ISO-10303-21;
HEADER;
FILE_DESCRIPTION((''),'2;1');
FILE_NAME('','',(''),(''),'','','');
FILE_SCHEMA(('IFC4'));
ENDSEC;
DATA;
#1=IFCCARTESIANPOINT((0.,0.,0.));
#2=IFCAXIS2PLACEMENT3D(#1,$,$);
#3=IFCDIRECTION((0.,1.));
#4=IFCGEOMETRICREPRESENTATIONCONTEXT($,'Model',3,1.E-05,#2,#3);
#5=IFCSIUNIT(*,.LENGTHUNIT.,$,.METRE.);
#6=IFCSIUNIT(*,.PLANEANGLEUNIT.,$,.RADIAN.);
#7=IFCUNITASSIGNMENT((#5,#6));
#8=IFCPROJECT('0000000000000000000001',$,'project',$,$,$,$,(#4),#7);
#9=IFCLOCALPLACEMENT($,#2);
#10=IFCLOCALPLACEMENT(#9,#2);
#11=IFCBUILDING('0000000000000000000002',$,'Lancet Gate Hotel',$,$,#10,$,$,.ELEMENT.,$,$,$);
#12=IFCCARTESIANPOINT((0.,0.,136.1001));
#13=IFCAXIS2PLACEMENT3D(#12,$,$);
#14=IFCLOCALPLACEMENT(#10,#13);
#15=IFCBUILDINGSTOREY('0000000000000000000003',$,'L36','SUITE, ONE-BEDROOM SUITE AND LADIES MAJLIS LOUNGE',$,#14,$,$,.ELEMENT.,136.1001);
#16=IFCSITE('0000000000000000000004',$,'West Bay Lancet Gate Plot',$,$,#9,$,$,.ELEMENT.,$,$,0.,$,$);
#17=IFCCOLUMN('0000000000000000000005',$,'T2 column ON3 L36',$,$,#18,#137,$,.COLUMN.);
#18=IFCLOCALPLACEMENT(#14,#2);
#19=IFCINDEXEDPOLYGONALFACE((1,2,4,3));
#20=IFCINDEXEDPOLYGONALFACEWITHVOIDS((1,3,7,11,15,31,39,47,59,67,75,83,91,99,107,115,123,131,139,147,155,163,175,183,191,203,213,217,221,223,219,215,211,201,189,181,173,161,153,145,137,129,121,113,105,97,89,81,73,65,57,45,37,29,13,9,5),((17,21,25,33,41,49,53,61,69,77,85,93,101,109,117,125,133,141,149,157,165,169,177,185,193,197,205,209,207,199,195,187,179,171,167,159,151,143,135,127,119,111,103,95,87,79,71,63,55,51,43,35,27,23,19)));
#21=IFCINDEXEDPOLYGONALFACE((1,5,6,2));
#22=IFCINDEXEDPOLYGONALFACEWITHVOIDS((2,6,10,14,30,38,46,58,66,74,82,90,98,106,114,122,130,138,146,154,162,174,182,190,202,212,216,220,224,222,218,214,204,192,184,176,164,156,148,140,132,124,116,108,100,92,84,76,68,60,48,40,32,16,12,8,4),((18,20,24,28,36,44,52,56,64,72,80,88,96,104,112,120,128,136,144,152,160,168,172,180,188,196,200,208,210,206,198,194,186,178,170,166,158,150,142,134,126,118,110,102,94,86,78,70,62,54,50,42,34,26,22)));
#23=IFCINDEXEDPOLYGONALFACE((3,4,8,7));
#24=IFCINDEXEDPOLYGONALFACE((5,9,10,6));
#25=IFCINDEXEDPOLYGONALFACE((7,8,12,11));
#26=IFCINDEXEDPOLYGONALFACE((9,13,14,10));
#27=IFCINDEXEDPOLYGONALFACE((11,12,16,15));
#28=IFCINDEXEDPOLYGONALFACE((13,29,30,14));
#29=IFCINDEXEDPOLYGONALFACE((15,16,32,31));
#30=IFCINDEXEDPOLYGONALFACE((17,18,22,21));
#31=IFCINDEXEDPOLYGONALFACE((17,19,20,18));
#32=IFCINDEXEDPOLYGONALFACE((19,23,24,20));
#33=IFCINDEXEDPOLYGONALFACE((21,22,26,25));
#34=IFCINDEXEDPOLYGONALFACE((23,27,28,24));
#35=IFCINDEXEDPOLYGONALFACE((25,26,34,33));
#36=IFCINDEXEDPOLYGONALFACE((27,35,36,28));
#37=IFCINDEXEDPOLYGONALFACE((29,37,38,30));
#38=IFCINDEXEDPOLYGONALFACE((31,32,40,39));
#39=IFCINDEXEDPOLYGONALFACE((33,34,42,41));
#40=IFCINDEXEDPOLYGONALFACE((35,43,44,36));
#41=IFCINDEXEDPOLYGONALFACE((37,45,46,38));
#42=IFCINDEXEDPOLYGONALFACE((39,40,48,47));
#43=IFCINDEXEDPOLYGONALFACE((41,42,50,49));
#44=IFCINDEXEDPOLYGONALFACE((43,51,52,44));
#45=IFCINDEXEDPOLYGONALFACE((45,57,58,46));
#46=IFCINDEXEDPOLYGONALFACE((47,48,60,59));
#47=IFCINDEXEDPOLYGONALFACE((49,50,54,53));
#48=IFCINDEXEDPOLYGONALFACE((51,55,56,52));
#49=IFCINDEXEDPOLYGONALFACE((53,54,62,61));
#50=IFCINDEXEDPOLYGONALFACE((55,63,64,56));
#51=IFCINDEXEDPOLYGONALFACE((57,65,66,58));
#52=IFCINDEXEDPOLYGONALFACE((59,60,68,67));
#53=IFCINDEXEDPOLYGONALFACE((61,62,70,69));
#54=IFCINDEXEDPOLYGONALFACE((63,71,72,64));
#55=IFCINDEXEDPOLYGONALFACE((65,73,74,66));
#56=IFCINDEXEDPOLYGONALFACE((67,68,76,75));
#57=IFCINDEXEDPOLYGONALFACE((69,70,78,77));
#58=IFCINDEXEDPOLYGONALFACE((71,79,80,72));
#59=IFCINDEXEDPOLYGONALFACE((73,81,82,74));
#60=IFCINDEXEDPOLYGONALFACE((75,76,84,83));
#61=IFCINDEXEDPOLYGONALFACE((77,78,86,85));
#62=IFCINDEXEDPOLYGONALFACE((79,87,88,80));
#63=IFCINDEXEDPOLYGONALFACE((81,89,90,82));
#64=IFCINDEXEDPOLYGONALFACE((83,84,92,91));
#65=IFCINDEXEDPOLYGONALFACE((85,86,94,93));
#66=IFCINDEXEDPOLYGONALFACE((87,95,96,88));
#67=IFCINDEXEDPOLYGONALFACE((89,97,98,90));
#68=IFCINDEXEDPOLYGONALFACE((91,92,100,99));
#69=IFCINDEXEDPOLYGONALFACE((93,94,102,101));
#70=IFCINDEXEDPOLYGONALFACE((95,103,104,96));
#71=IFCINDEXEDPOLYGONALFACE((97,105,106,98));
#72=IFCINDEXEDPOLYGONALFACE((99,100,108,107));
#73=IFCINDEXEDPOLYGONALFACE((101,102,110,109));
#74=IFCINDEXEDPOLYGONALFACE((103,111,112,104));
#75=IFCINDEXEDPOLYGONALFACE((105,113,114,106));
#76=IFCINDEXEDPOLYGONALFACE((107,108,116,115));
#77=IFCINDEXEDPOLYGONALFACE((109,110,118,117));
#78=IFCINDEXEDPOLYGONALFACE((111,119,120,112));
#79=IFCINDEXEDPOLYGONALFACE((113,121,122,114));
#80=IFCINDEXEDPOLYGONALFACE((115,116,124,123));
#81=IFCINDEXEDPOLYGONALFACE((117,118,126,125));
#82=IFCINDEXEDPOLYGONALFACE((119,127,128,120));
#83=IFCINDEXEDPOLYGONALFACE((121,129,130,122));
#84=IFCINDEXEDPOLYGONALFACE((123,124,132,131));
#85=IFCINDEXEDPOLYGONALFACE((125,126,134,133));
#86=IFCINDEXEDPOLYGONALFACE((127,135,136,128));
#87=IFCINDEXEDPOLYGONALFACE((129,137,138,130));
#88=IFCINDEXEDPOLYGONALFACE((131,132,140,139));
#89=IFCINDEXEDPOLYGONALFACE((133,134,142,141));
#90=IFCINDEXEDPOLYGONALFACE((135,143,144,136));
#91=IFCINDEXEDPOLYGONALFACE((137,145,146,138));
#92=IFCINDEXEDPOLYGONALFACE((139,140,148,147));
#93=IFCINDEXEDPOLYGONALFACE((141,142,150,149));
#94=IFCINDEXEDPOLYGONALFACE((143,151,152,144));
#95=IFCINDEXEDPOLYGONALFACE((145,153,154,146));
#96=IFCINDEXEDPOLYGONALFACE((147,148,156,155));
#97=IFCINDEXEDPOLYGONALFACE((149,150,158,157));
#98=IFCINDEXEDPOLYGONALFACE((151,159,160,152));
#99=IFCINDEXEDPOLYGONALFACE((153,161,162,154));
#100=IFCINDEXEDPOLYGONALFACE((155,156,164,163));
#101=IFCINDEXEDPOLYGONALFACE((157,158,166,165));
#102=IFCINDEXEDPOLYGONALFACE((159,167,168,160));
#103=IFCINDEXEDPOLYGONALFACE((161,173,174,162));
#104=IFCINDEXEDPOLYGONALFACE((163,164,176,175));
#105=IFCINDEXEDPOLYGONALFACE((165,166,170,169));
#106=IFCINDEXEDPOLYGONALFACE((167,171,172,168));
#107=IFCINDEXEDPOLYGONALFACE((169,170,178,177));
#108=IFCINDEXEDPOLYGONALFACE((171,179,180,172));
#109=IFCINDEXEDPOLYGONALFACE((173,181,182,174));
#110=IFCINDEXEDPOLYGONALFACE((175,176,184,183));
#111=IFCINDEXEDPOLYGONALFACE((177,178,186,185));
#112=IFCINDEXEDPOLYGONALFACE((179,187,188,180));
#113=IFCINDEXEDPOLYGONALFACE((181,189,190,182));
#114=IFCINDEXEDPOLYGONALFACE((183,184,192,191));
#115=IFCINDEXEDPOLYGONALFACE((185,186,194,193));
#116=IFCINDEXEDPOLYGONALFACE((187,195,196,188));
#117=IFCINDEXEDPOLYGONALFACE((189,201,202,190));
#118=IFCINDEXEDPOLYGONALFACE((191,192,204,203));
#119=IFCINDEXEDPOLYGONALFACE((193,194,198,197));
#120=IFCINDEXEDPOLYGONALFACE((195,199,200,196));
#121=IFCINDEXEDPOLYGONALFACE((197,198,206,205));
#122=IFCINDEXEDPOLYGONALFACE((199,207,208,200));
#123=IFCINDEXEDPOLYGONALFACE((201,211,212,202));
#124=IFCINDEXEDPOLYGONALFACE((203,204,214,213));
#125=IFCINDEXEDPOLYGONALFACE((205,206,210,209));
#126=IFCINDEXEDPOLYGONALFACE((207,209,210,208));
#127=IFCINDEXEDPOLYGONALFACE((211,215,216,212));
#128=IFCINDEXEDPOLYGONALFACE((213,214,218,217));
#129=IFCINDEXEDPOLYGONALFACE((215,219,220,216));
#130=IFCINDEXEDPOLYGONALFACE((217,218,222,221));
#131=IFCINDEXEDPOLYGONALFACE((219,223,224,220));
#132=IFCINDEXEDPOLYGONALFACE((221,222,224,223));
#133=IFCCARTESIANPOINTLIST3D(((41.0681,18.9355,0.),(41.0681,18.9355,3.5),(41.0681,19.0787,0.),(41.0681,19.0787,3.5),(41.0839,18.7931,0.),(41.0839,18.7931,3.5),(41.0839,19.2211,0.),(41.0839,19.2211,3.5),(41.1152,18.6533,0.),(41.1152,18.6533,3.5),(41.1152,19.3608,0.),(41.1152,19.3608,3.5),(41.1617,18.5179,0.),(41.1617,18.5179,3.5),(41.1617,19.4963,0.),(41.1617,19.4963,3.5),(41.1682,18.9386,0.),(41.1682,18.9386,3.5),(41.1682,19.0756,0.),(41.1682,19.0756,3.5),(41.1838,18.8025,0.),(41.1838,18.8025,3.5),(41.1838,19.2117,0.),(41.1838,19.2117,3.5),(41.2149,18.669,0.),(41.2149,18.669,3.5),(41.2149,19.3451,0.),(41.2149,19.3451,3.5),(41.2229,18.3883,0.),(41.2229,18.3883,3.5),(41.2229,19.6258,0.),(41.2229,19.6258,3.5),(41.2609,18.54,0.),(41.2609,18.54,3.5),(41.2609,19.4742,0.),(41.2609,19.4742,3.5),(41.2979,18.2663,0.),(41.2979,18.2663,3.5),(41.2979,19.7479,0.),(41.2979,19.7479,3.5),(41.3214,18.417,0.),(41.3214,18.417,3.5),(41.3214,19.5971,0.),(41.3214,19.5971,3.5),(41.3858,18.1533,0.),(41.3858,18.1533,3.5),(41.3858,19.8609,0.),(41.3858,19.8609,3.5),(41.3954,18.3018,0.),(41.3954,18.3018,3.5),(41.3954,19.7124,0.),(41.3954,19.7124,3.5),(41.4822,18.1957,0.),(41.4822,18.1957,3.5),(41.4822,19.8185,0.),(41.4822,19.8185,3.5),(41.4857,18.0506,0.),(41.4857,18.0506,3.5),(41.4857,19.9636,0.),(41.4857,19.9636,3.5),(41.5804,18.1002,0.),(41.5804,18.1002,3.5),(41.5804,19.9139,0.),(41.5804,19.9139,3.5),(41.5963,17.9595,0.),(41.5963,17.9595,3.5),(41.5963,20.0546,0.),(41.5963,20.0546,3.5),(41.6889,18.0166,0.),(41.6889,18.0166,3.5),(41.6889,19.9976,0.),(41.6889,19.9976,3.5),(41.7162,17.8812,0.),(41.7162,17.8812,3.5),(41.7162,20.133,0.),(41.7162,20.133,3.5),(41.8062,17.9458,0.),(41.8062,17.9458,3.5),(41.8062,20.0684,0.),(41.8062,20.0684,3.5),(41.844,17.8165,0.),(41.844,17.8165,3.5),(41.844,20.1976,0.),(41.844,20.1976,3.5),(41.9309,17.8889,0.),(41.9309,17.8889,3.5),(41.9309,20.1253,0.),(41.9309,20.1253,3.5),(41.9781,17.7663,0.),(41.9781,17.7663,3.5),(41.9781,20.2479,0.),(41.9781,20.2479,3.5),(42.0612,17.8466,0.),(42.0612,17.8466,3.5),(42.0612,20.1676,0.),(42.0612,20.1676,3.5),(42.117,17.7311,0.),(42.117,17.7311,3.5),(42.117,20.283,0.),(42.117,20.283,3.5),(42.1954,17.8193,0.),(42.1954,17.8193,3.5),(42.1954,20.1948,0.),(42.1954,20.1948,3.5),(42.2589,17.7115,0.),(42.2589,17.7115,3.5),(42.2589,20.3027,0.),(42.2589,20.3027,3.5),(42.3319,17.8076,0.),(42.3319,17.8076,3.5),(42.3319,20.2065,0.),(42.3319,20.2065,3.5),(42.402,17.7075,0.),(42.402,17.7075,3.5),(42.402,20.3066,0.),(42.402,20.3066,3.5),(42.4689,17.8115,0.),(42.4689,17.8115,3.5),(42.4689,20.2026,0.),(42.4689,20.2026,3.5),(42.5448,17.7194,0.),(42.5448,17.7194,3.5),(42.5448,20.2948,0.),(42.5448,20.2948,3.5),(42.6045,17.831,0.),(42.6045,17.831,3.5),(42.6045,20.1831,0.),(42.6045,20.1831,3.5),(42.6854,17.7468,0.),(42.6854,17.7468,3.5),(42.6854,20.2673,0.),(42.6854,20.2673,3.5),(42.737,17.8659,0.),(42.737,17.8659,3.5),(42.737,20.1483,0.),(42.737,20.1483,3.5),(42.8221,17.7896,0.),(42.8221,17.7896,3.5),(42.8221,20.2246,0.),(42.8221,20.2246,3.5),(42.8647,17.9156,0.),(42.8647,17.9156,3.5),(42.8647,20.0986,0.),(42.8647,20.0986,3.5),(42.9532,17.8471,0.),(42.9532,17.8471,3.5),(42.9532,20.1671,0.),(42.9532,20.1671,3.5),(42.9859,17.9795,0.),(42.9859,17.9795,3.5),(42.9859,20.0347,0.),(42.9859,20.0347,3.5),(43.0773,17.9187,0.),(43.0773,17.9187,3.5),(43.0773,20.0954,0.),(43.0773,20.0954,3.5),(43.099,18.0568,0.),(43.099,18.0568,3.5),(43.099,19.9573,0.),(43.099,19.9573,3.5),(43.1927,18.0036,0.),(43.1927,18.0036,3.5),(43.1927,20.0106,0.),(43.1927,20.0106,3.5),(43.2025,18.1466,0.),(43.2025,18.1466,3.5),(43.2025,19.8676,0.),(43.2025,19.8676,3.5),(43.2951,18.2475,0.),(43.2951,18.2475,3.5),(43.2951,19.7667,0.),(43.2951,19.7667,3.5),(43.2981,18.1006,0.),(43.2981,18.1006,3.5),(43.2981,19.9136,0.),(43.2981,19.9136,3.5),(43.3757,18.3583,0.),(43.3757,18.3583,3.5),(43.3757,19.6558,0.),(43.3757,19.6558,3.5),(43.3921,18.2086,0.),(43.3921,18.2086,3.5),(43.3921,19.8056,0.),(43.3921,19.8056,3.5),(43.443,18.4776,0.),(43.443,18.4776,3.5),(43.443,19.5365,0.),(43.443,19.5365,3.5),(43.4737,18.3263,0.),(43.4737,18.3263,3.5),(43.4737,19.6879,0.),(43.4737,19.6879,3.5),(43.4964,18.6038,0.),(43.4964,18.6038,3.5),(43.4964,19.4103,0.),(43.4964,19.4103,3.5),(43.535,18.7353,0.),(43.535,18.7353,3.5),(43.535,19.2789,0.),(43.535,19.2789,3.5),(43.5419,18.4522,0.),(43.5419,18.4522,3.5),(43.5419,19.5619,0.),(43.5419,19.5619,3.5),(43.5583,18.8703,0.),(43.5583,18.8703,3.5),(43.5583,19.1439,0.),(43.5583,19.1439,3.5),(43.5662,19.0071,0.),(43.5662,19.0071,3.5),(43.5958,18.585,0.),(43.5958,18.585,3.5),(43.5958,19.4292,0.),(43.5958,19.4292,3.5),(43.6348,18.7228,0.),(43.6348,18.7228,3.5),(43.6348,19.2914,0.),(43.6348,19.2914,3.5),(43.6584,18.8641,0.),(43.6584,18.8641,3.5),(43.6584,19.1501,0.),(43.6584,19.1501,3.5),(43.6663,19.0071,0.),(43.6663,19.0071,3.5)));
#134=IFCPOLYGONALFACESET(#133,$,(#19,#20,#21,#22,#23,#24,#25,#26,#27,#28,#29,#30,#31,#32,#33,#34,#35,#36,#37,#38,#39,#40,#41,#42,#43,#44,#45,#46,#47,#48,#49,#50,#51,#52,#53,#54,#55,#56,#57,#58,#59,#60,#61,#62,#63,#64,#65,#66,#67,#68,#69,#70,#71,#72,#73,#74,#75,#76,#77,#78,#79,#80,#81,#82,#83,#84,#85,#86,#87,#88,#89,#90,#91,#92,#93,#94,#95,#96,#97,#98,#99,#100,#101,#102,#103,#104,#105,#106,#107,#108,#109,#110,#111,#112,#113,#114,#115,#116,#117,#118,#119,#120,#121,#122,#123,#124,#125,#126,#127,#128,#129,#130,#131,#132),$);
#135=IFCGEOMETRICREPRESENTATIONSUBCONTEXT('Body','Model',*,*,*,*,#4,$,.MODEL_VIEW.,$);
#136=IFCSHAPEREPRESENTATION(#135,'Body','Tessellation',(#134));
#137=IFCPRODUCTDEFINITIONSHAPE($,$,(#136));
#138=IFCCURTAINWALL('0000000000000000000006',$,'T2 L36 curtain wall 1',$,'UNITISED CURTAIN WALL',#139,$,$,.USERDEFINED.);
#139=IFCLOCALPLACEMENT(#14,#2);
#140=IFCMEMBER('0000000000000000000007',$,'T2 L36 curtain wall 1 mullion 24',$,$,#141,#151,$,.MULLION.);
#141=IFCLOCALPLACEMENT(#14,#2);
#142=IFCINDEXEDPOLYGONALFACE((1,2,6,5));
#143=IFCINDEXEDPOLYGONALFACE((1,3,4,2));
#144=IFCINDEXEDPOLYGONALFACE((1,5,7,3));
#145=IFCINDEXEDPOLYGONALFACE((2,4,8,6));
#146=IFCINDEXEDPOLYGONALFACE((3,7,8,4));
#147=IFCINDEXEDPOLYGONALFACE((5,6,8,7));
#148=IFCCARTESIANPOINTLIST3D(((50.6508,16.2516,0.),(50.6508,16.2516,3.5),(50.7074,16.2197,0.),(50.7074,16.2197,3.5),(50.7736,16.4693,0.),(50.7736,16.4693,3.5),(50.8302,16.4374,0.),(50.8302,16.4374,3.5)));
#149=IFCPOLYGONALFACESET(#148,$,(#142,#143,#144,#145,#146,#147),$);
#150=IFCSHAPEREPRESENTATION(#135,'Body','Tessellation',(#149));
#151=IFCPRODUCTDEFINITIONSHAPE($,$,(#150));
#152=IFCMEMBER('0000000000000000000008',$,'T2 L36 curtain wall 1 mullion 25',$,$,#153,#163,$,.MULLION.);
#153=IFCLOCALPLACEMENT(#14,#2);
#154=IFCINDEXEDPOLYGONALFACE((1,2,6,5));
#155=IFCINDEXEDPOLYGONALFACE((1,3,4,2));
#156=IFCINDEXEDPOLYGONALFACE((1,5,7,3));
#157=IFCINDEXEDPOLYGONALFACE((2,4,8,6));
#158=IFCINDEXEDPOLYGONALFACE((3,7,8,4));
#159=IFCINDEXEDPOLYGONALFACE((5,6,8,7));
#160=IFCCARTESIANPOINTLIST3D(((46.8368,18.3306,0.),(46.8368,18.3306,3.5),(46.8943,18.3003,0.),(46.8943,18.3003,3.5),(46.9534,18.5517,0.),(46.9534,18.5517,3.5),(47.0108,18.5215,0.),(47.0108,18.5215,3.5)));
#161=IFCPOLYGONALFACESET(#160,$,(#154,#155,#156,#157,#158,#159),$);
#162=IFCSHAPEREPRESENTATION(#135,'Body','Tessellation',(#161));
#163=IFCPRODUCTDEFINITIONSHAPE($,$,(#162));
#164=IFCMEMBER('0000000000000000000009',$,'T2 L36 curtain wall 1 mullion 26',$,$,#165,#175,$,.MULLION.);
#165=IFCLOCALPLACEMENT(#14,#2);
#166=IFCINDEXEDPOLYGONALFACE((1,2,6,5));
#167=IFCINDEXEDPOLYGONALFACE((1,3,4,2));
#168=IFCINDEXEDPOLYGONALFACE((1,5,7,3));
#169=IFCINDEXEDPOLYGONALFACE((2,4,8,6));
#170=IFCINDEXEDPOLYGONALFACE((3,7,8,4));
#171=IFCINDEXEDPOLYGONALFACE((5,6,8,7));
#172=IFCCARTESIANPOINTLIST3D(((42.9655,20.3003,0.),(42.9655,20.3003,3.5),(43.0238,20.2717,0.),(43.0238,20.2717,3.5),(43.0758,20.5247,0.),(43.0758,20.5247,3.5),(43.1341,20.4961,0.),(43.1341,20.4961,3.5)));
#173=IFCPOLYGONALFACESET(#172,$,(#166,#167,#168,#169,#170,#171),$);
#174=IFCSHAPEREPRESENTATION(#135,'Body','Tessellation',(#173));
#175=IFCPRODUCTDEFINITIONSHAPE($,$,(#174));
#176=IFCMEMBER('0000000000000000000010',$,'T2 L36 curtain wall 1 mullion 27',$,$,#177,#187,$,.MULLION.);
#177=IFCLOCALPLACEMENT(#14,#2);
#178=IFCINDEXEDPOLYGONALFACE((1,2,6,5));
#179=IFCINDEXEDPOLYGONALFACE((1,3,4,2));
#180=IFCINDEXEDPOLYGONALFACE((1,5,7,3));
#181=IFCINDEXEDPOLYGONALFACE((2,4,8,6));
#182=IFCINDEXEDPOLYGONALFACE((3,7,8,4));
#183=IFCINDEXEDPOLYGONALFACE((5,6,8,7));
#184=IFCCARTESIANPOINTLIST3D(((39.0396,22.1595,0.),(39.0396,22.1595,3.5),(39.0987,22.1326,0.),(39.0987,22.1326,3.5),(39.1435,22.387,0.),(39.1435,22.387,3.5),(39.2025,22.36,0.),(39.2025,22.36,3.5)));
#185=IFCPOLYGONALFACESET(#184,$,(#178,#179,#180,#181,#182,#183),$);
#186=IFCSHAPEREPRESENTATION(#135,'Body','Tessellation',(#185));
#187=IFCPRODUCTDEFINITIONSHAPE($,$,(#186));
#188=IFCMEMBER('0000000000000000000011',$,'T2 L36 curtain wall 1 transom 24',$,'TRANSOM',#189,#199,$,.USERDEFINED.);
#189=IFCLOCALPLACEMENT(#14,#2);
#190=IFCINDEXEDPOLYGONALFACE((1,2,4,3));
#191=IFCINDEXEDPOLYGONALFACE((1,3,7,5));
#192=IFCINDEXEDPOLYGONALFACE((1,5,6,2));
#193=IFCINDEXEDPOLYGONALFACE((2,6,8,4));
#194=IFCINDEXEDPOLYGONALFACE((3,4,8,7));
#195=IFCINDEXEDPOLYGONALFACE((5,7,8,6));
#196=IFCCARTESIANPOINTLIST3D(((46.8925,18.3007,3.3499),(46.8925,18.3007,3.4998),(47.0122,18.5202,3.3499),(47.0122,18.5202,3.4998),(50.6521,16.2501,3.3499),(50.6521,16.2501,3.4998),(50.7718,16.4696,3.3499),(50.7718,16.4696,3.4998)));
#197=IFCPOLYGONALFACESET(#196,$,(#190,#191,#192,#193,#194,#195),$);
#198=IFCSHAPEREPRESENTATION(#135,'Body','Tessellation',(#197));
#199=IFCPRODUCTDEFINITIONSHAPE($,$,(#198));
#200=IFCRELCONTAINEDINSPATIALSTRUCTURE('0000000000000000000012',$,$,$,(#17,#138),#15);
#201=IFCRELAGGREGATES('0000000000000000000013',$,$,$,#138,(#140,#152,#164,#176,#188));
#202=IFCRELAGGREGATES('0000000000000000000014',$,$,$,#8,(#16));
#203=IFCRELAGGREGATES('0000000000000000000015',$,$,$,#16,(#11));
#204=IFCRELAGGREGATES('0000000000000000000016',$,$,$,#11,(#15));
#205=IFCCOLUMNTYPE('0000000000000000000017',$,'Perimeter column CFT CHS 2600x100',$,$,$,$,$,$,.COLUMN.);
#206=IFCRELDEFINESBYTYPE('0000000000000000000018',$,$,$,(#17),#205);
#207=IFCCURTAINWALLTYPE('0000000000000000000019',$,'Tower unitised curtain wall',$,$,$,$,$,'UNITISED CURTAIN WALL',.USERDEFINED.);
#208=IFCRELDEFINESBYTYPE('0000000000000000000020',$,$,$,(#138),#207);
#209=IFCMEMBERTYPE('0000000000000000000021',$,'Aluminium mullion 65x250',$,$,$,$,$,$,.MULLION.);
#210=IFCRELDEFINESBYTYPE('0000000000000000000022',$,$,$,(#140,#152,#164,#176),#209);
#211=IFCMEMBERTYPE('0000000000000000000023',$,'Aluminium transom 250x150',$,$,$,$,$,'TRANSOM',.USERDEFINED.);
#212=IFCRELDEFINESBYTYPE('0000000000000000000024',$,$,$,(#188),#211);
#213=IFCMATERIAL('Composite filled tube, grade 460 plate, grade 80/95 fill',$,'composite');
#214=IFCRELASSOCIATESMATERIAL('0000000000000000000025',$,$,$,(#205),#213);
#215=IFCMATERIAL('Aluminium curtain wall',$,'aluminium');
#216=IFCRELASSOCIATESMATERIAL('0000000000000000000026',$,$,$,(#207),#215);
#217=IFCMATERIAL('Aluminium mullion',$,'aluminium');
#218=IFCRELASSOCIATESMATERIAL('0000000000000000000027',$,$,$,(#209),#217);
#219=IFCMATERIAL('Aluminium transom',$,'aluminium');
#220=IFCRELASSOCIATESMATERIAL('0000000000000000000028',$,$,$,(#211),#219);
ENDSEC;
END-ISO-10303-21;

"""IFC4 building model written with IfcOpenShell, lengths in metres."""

from ifc_helpers import new_model, si_unit, direction, frame, origin, origin_2d, place, context, subcontext, project, spatial, rectangle, hollow_circle, extrude, material, material_profile, profile_set, type_object, element, aggregate, save


model = new_model("IFC4")

# Units and contexts
model_context = context("Model", 3, precision=1e-05, world=origin(), true_north=direction((0.0, 1.0)))
body_context = subcontext(model_context, "Body", "Model", "MODEL_VIEW")
ifc_project = project(units=[si_unit("LENGTHUNIT", "METRE"), si_unit("PLANEANGLEUNIT", "RADIAN")], contexts=[model_context])

# Site, building, storey
site_placement = place(None, origin())
site = spatial("IfcSite", under=ifc_project, at=site_placement, Name="West Bay Lancet Gate Plot", CompositionType="ELEMENT", RefElevation=0.0)
building_placement = place(site_placement, origin())
building = spatial("IfcBuilding", under=site, at=building_placement, Name="Lancet Gate Hotel", CompositionType="ELEMENT")
storey_placement = place(building_placement, frame((0.0, 0.0, 136.1001)))
storey = spatial("IfcBuildingStorey", under=building, at=storey_placement, Name="L36", Description="SUITE, ONE-BEDROOM SUITE AND LADIES MAJLIS LOUNGE", CompositionType="ELEMENT", Elevation=136.1001)

# Column
ifc_material_1 = material(Name="Composite filled tube, grade 460 plate, grade 80/95 fill", Category="composite")
ifc_material_profile_1 = material_profile(ifc_material_1, hollow_circle(Radius=1.3, WallThickness=0.1001, at=origin_2d()), Name="CHS 2600x100")
ifc_profile_set_1 = profile_set([ifc_material_profile_1], Name="Composite filled tube, grade 460 plate, grade 80/95 fill")
column_type = type_object("IfcColumnType", Name="Perimeter column CFT CHS 2600x100", PredefinedType="COLUMN", material=ifc_profile_set_1)
for number, where, z_axis, x_axis, name in (
    (1, (42.3662, 19.0071, 0.0), (0.0, 0.0, 1.0), (1.0, 0.0, 0.0), "T2 column ON3 L36"),
):
    element("IfcColumn", number, at=place(storey_placement, frame(where, z_axis=z_axis, x_axis=x_axis)), inside=storey, type_object=column_type, Name=name, PredefinedType="COLUMN", context=body_context, shape_type="SweptSolid", body=[
        extrude(hollow_circle(Radius=1.3, WallThickness=0.1001, at=origin_2d()), origin(), (0.0, 0.0, 1.0), 3.5),
    ])

# Curtain wall, members
ifc_material_2 = material(Name="Aluminium curtain wall", Category="aluminium")
curtain_wall_type = type_object("IfcCurtainWallType", Name="Tower unitised curtain wall", ElementType="UNITISED CURTAIN WALL", PredefinedType="USERDEFINED", material=ifc_material_2)
curtain_wall_placement = place(storey_placement, origin())
curtain_wall = element("IfcCurtainWall", 2, at=curtain_wall_placement, inside=storey, type_object=curtain_wall_type, Name="T2 L36 curtain wall 1", ObjectType="UNITISED CURTAIN WALL", PredefinedType="USERDEFINED")
ifc_material_3 = material(Name="Aluminium mullion", Category="aluminium")
ifc_material_profile_2 = material_profile(ifc_material_3, rectangle(XDim=0.0649, YDim=0.25, at=origin_2d()), Name="MULLION 65x250")
ifc_profile_set_2 = profile_set([ifc_material_profile_2], Name="Aluminium mullion")
member_type_1 = type_object("IfcMemberType", Name="Aluminium mullion 65x250", PredefinedType="MULLION", material=ifc_profile_set_2)
member_1_placement = place(storey_placement, frame((50.7405, 16.3445, 0.0), z_axis=(0.0, 0.0, 1.0), x_axis=(-0.871029, 0.491232, 0.0)))
member_1 = element("IfcMember", 3, at=member_1_placement, type_object=member_type_1, Name="T2 L36 curtain wall 1 mullion 24", PredefinedType="MULLION", context=body_context, shape_type="SweptSolid", body=[
    extrude(rectangle(XDim=0.0649, YDim=0.25, at=origin_2d()), origin(), (0.0, 0.0, 1.0), 3.5),
])
member_2_placement = place(storey_placement, frame((46.9238, 18.426, 0.0), z_axis=(0.0, 0.0, 1.0), x_axis=(-0.884627, 0.466299, 0.0)))
member_2 = element("IfcMember", 4, at=member_2_placement, type_object=member_type_1, Name="T2 L36 curtain wall 1 mullion 25", PredefinedType="MULLION", context=body_context, shape_type="SweptSolid", body=[
    extrude(rectangle(XDim=0.0649, YDim=0.25, at=origin_2d()), origin(), (0.0, 0.0, 1.0), 3.5),
])
member_3_placement = place(storey_placement, frame((43.0498, 20.3982, 0.0), z_axis=(0.0, 0.0, 1.0), x_axis=(-0.897512, 0.44099, 0.0)))
member_3 = element("IfcMember", 5, at=member_3_placement, type_object=member_type_1, Name="T2 L36 curtain wall 1 mullion 26", PredefinedType="MULLION", context=body_context, shape_type="SweptSolid", body=[
    extrude(rectangle(XDim=0.0649, YDim=0.25, at=origin_2d()), origin(), (0.0, 0.0, 1.0), 3.5),
])
member_4_placement = place(storey_placement, frame((39.1211, 22.2598, 0.0), z_axis=(0.0, 0.0, 1.0), x_axis=(-0.909673, 0.415326, 0.0)))
member_4 = element("IfcMember", 6, at=member_4_placement, type_object=member_type_1, Name="T2 L36 curtain wall 1 mullion 27", PredefinedType="MULLION", context=body_context, shape_type="SweptSolid", body=[
    extrude(rectangle(XDim=0.0649, YDim=0.25, at=origin_2d()), origin(), (0.0, 0.0, 1.0), 3.5),
])
ifc_material_4 = material(Name="Aluminium transom", Category="aluminium")
ifc_material_profile_3 = material_profile(ifc_material_4, rectangle(XDim=0.25, YDim=0.1499, at=origin_2d()), Name="TRANSOM 250x150")
ifc_profile_set_3 = profile_set([ifc_material_profile_3], Name="Aluminium transom")
member_type_2 = type_object("IfcMemberType", Name="Aluminium transom 250x150", ElementType="TRANSOM", PredefinedType="USERDEFINED", material=ifc_profile_set_3)
member_5_placement = place(storey_placement, frame((50.7119, 16.3599, 3.4248), z_axis=(-0.877906, 0.478832, 0.0), x_axis=(-0.478832, -0.877906, 0.0)))
member_5 = element("IfcMember", 7, at=member_5_placement, type_object=member_type_2, Name="T2 L36 curtain wall 1 transom 24", ObjectType="TRANSOM", PredefinedType="USERDEFINED", context=body_context, shape_type="SweptSolid", body=[
    extrude(rectangle(XDim=0.25, YDim=0.1499, at=origin_2d()), origin(), (0.0, 0.0, 1.0), 4.2825),
])

aggregate(curtain_wall, [member_1, member_2, member_3, member_4, member_5])

save(model, "model.ifc")
